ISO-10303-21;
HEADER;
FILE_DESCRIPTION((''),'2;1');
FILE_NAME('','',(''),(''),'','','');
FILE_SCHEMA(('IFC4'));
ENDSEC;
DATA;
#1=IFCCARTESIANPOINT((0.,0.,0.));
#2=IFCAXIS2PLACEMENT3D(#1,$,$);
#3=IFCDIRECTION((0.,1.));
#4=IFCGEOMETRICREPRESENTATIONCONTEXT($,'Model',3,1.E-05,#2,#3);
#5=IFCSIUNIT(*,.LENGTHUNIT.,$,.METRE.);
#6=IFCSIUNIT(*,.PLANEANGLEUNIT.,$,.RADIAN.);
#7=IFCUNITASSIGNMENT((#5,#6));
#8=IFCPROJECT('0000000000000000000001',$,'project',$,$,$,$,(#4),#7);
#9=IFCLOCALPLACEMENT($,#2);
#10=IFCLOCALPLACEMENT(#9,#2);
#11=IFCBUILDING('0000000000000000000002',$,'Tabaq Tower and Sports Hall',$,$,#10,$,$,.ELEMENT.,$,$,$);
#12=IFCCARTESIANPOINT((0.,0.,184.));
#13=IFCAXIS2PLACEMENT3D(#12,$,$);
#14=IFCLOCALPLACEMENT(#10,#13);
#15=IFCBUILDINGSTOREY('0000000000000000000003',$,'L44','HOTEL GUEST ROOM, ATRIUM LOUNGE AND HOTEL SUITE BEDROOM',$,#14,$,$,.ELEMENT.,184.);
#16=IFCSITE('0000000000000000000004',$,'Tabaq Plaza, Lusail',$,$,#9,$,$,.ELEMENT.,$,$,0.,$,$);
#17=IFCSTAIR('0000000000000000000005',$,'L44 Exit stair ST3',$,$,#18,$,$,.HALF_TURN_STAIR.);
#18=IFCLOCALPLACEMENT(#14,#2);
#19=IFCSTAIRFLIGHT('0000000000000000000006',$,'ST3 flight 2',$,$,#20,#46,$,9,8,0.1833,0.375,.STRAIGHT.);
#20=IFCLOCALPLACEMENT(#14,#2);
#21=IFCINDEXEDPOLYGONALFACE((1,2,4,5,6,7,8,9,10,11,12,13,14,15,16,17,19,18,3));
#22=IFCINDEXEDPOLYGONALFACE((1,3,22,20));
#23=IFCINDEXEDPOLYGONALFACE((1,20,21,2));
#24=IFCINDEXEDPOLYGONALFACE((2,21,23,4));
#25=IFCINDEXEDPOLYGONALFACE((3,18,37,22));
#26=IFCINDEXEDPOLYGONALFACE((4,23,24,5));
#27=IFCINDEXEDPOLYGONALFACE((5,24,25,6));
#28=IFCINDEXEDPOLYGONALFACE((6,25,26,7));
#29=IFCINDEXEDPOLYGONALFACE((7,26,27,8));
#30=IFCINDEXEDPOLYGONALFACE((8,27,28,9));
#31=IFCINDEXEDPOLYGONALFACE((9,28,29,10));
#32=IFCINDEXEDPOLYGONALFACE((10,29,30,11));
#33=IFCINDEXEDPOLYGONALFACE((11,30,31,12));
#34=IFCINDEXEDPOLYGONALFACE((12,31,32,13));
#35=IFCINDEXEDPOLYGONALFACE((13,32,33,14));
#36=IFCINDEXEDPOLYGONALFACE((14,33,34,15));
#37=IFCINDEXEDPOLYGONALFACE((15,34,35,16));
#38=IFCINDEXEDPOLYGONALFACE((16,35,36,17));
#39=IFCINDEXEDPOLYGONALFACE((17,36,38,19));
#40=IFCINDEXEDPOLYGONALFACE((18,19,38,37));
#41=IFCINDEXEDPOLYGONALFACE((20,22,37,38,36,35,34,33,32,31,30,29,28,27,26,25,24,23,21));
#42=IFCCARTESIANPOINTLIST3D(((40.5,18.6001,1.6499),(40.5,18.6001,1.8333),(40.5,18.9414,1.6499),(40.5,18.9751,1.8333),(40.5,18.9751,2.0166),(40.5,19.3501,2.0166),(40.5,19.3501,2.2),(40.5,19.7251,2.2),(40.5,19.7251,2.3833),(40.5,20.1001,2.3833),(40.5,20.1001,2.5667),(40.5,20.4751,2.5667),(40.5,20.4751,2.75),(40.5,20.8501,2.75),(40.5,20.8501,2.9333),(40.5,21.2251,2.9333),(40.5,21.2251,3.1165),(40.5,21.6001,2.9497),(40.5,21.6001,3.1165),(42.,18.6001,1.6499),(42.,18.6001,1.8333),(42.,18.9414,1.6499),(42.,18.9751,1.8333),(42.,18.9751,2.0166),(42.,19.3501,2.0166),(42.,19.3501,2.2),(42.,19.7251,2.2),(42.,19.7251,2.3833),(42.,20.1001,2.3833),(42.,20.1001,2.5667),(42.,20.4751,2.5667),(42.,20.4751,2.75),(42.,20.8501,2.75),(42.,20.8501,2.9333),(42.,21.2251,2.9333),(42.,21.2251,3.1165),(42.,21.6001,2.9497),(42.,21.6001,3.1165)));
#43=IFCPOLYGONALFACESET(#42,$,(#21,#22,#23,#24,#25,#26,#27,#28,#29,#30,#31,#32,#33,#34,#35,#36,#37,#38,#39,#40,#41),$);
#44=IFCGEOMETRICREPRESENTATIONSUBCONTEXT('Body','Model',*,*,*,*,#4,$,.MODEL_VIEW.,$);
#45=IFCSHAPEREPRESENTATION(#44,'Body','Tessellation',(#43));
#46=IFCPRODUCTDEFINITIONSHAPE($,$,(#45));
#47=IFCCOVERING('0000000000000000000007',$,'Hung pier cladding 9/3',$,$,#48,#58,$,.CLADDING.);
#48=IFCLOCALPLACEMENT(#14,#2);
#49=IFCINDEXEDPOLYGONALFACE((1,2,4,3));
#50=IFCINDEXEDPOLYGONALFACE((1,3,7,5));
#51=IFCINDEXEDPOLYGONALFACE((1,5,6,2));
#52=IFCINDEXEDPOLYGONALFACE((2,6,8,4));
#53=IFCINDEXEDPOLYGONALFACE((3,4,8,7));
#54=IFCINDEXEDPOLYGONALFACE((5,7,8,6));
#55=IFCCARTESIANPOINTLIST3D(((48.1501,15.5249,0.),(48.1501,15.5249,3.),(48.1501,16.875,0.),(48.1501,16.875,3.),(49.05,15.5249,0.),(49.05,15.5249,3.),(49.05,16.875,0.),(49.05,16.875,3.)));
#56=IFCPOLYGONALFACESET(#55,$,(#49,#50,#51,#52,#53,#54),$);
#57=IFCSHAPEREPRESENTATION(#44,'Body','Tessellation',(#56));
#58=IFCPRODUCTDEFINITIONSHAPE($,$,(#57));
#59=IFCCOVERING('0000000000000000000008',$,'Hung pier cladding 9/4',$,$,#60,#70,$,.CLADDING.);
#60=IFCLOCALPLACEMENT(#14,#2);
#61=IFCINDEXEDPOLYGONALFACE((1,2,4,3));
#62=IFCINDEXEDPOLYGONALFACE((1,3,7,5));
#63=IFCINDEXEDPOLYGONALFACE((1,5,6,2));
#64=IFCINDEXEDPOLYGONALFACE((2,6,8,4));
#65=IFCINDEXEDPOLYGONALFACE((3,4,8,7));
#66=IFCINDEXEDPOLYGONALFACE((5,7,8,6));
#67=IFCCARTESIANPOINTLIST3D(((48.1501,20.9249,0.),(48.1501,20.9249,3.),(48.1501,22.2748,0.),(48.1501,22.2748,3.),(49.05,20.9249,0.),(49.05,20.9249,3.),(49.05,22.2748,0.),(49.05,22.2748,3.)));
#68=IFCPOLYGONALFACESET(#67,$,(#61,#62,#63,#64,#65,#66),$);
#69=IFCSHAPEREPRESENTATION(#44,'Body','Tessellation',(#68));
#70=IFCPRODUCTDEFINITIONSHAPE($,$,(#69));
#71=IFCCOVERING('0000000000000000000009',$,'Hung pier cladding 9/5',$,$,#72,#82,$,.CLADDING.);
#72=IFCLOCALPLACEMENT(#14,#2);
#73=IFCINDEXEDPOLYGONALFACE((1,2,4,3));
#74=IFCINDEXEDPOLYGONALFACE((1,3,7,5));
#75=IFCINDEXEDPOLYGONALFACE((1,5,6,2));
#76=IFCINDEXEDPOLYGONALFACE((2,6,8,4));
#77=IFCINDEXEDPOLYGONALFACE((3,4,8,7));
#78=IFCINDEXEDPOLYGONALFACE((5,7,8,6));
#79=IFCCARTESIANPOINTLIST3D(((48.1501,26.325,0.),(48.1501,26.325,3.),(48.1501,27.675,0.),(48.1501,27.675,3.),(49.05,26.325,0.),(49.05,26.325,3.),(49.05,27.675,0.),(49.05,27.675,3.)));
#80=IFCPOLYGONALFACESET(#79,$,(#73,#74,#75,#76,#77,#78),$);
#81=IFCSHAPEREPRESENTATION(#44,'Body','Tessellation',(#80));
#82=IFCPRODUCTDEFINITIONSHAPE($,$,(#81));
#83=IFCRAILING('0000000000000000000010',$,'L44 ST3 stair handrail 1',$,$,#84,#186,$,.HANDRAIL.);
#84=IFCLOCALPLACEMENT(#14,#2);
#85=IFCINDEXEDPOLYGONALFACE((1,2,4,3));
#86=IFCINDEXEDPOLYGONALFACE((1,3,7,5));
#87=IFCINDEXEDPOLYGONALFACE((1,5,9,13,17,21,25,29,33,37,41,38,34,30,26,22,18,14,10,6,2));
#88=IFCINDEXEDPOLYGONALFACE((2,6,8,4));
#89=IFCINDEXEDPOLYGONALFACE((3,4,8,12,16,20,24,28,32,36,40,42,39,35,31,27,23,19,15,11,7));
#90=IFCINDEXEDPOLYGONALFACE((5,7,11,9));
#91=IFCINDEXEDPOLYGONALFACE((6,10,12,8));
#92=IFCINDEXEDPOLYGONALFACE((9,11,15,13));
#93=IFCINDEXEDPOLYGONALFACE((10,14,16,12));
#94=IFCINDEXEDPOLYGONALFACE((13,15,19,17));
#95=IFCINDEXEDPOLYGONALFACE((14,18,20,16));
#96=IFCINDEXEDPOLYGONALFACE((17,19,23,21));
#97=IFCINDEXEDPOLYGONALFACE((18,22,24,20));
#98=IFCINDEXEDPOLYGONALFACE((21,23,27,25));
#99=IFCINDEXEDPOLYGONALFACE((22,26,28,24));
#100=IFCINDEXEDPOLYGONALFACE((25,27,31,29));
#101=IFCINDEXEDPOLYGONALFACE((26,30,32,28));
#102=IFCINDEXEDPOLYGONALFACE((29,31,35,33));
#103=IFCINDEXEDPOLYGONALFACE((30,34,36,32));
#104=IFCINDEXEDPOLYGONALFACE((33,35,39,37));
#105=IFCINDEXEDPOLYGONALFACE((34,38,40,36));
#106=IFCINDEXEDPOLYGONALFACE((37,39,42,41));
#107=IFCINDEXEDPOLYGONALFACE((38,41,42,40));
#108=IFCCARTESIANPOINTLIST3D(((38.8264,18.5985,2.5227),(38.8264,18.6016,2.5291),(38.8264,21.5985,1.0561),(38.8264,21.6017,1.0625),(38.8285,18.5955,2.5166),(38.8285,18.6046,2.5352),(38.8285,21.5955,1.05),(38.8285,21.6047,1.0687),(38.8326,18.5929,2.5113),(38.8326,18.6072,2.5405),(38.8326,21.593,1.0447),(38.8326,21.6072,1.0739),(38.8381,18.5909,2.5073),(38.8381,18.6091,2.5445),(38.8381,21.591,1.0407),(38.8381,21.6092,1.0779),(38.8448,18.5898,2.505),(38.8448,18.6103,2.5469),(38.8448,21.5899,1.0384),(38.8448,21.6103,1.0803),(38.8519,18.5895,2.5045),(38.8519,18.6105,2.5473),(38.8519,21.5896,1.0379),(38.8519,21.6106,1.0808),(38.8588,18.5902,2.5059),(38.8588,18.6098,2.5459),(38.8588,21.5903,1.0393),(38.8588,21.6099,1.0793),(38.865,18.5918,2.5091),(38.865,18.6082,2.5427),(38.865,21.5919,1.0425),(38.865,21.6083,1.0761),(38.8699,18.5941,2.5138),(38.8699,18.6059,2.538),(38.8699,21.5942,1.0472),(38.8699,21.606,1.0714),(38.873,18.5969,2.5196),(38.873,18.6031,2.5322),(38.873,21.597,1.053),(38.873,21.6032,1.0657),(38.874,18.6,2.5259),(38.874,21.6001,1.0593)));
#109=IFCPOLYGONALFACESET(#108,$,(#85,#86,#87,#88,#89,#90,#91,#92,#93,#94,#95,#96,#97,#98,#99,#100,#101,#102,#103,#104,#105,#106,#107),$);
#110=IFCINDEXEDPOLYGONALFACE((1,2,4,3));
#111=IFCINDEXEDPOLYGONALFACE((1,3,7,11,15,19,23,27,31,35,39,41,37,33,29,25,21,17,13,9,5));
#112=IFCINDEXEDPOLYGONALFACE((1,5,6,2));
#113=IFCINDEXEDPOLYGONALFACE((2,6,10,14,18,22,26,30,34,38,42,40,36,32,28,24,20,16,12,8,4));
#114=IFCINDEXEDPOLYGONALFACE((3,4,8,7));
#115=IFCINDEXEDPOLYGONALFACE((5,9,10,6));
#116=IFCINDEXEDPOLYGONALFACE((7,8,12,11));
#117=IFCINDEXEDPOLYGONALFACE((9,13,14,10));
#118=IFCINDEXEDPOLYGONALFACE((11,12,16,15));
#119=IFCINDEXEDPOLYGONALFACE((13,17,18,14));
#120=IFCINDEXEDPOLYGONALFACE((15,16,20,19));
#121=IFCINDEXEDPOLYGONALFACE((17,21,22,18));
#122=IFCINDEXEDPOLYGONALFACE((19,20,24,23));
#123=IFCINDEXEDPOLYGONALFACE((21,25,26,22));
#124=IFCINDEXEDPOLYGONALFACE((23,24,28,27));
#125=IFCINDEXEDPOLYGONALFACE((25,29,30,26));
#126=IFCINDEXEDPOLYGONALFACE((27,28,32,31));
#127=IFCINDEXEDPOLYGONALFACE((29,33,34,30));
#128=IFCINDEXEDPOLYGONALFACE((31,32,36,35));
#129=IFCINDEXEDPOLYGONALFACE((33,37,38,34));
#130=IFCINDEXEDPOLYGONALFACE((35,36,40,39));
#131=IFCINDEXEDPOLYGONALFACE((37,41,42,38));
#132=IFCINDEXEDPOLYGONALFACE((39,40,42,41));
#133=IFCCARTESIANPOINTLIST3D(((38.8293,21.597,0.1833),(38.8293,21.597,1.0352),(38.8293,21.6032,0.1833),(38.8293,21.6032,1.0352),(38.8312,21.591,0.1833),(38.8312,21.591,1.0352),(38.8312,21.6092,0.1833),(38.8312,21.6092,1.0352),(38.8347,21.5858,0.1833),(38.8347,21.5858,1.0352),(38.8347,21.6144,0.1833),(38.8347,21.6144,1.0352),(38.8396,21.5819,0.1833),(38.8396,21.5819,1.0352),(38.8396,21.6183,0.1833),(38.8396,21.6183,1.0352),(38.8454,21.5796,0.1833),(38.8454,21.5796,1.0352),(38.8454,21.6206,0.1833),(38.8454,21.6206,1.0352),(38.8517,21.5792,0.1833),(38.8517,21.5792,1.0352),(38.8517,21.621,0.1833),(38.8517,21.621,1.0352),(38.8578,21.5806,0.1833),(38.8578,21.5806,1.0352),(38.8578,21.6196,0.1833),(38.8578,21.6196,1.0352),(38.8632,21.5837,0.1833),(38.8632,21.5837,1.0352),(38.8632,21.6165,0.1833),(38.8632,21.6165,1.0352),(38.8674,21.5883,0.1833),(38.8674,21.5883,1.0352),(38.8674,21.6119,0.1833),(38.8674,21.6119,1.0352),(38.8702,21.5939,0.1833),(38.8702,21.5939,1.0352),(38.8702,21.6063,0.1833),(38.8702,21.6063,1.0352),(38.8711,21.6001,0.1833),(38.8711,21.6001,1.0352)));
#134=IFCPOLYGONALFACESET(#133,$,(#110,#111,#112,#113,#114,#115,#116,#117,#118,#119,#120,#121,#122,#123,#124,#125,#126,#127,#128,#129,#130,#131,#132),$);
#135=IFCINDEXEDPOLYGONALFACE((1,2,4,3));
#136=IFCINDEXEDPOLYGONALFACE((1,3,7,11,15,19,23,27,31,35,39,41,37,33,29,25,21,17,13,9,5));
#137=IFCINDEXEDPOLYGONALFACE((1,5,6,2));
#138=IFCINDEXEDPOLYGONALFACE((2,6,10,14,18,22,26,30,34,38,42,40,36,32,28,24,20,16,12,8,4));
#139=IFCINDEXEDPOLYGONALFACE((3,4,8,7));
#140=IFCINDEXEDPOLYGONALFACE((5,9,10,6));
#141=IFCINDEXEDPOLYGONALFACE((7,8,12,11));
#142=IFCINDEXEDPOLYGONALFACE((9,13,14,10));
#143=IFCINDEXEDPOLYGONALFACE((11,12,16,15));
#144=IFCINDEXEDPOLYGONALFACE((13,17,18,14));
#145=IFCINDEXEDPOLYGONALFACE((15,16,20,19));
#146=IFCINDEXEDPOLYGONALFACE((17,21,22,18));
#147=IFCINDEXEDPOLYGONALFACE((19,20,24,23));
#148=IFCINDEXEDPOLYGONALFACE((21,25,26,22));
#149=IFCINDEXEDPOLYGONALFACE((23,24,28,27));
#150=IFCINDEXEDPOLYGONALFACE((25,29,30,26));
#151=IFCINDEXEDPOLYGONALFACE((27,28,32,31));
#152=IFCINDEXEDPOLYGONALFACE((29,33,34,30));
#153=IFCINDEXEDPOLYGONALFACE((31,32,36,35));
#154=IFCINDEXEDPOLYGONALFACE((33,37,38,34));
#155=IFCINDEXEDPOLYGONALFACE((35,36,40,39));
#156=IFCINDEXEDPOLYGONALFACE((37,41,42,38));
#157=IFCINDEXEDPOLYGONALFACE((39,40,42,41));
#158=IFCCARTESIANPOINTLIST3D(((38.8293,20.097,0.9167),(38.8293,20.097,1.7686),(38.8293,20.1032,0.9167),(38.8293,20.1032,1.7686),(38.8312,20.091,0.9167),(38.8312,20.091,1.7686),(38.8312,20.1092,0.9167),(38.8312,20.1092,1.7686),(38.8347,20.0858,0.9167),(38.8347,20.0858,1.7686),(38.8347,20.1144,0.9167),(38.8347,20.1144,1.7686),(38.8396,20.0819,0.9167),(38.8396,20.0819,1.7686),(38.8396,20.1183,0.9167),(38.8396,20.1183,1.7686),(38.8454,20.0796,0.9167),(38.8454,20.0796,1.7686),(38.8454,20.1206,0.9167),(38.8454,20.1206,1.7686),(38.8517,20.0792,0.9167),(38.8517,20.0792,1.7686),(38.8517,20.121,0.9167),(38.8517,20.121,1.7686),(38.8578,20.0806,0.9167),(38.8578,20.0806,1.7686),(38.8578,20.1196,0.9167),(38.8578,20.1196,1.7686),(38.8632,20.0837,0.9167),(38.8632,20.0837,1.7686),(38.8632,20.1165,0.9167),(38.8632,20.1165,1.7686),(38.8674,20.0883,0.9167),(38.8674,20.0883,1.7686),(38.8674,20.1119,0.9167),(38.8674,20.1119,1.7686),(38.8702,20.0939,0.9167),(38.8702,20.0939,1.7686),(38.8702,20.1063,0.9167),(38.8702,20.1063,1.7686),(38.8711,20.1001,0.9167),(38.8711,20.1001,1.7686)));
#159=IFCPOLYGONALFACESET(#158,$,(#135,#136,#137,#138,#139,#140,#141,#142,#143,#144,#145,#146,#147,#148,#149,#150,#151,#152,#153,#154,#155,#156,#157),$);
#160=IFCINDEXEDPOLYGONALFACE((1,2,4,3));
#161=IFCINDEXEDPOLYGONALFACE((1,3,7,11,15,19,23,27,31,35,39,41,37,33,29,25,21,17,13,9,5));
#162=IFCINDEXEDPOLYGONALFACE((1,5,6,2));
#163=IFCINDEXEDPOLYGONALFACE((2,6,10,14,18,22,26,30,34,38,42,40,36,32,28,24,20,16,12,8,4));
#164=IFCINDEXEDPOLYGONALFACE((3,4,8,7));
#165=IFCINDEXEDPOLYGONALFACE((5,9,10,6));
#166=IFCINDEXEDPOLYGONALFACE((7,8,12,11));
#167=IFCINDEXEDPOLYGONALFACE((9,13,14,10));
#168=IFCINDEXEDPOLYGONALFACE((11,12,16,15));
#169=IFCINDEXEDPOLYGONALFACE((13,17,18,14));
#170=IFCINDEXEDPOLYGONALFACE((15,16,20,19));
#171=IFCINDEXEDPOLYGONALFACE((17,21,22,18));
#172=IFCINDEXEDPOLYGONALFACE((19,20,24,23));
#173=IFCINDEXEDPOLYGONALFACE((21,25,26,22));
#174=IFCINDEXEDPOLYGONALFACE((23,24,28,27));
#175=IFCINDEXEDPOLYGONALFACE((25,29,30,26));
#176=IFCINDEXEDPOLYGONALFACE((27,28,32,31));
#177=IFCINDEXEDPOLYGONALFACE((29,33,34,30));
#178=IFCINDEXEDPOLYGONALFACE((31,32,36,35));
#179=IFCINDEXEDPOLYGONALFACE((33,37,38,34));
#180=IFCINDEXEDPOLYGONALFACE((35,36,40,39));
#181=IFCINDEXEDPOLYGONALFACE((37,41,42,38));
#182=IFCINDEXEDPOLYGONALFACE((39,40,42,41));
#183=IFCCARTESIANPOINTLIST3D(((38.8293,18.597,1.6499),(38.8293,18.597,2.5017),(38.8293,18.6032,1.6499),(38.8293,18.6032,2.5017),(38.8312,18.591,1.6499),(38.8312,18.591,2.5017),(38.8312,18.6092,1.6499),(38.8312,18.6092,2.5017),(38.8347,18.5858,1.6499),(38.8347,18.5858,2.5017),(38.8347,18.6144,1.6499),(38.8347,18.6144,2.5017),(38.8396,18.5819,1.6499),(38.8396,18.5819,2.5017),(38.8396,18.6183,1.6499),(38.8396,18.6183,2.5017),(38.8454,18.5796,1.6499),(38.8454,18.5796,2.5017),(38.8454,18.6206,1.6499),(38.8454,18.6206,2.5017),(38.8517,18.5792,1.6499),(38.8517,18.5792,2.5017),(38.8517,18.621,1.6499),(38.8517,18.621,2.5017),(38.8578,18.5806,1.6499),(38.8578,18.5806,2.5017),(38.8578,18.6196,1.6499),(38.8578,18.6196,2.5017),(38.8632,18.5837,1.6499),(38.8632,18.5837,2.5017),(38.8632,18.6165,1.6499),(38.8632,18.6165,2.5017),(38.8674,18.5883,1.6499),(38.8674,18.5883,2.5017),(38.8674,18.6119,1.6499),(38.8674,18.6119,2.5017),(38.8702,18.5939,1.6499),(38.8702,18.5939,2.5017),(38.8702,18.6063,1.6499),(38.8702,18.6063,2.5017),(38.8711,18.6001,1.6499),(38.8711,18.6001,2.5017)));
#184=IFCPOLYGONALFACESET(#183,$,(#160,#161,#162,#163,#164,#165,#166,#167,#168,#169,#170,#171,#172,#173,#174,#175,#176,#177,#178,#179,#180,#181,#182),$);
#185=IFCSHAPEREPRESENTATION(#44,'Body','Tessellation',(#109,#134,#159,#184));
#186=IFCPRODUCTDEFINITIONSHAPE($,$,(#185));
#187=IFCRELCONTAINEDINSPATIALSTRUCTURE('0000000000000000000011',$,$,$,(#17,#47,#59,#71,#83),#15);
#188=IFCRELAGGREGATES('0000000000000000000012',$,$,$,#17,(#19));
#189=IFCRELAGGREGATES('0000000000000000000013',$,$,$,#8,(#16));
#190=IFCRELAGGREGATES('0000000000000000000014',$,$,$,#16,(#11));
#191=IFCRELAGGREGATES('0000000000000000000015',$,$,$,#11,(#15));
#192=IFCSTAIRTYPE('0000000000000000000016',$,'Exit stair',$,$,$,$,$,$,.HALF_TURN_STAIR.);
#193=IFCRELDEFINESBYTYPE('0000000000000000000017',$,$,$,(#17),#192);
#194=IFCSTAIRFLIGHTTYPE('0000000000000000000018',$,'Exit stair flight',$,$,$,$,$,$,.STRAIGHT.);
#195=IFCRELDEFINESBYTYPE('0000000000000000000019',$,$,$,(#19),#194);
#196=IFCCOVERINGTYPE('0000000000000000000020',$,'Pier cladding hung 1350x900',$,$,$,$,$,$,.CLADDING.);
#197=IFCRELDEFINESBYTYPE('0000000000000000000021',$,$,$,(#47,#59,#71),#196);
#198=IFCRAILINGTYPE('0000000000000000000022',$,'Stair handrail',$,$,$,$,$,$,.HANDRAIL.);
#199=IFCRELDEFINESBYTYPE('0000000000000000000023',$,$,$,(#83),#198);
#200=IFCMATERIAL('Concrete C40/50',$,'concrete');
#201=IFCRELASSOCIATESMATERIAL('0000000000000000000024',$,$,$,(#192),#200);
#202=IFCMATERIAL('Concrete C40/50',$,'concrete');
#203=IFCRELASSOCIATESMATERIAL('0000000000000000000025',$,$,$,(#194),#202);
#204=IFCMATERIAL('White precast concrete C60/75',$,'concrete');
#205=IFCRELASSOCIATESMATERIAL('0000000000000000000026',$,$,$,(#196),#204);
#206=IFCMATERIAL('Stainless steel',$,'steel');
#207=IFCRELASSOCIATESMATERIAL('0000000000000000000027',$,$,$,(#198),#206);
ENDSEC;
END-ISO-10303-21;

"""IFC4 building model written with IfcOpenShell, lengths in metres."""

from ifc_helpers import new_model, si_unit, direction, frame, frame_2d, origin, origin_2d, place, context, subcontext, project, spatial, polyline, rectangle, circle, outline, extrude, material, type_object, element, aggregate, save


model = new_model("IFC4")

# Units and contexts
model_context = context("Model", 3, precision=1e-05, world=origin(), true_north=direction((0.0, 1.0)))
body_context = subcontext(model_context, "Body", "Model", "MODEL_VIEW")
ifc_project = project(units=[si_unit("LENGTHUNIT", "METRE"), si_unit("PLANEANGLEUNIT", "RADIAN")], contexts=[model_context])

# Site, building, storey
site_placement = place(None, origin())
site = spatial("IfcSite", under=ifc_project, at=site_placement, Name="Tabaq Plaza, Lusail", CompositionType="ELEMENT", RefElevation=0.0)
building_placement = place(site_placement, origin())
building = spatial("IfcBuilding", under=site, at=building_placement, Name="Tabaq Tower and Sports Hall", CompositionType="ELEMENT")
storey_placement = place(building_placement, frame((0.0, 0.0, 184.0)))
storey = spatial("IfcBuildingStorey", under=building, at=storey_placement, Name="L44", Description="HOTEL GUEST ROOM, ATRIUM LOUNGE AND HOTEL SUITE BEDROOM", CompositionType="ELEMENT", Elevation=184.0)

# Stair, stair flight
ifc_material_1 = material(Name="Concrete C40/50", Category="concrete")
stair_type = type_object("IfcStairType", Name="Exit stair", PredefinedType="HALF_TURN_STAIR", material=ifc_material_1)
stair_placement = place(storey_placement, origin())
stair = element("IfcStair", 1, at=stair_placement, inside=storey, type_object=stair_type, Name="L44 Exit stair ST3", PredefinedType="HALF_TURN_STAIR")
ifc_material_2 = material(Name="Concrete C40/50", Category="concrete")
stair_flight_type = type_object("IfcStairFlightType", Name="Exit stair flight", PredefinedType="STRAIGHT", material=ifc_material_2)
stair_flight_1_placement = place(storey_placement, frame((41.25, 18.6001, 1.6499), z_axis=(0.0, 0.0, 1.0), x_axis=(0.0, 1.0, 0.0)))
stair_flight_1 = element("IfcStairFlight", 2, at=stair_flight_1_placement, type_object=stair_flight_type, Name="ST3 flight 2", NumberOfRisers=9, NumberOfTreads=8, PredefinedType="STRAIGHT", RiserHeight=0.1833, TreadLength=0.375, context=body_context, shape_type="SweptSolid", body=[
    extrude(outline(polyline([(0.0, 0.0), (0.0, 0.1833), (0.375, 0.1833), (0.375, 0.3667), (0.75, 0.3667), (0.75, 0.55), (1.125, 0.55), (1.125, 0.7334), (1.5, 0.7334), (1.5, 0.9167), (1.875, 0.9167), (1.875, 1.1001), (2.25, 1.1001), (2.25, 1.2834), (2.625, 1.2834), (2.625, 1.4666), (3.0, 1.4666), (3.0, 1.6499), (3.0, 1.2998), (0.3413, 0.0), (0.0, 0.0)])), frame((0.0, 0.75, 0.0), z_axis=(0.0, -1.0, 0.0), x_axis=(1.0, 0.0, 0.0)), (0.0, 0.0, 1.0), 1.5),
])
aggregate(stair, [stair_flight_1])

# Coverings
ifc_material_3 = material(Name="White precast concrete C60/75", Category="concrete")
covering_type_1 = type_object("IfcCoveringType", Name="Pier cladding hung 1350x900", PredefinedType="CLADDING", material=ifc_material_3)
covering_1_placement = place(storey_placement, frame((48.6001, 15.5249, 0.0), z_axis=(0.0, 0.0, 1.0), x_axis=(0.0, 1.0, 0.0)))
element("IfcCovering", 3, at=covering_1_placement, inside=storey, type_object=covering_type_1, Name="Hung pier cladding 9/3", PredefinedType="CLADDING", context=body_context, shape_type="SweptSolid", body=[
    extrude(rectangle(XDim=1.3501, YDim=0.8999, at=frame_2d((0.675, 0.0))), origin(), (0.0, 0.0, 1.0), 3.0),
])
covering_2_placement = place(storey_placement, frame((48.6001, 20.925, 0.0), z_axis=(0.0, 0.0, 1.0), x_axis=(0.0, 1.0, 0.0)))
element("IfcCovering", 4, at=covering_2_placement, inside=storey, type_object=covering_type_1, Name="Hung pier cladding 9/4", PredefinedType="CLADDING", context=body_context, shape_type="SweptSolid", body=[
    extrude(rectangle(XDim=1.3499, YDim=0.8999, at=frame_2d((0.6748, 0.0))), origin(), (0.0, 0.0, 1.0), 3.0),
])
covering_3_placement = place(storey_placement, frame((48.6001, 26.325, 0.0), z_axis=(0.0, 0.0, 1.0), x_axis=(0.0, 1.0, 0.0)))
element("IfcCovering", 5, at=covering_3_placement, inside=storey, type_object=covering_type_1, Name="Hung pier cladding 9/5", PredefinedType="CLADDING", context=body_context, shape_type="SweptSolid", body=[
    extrude(rectangle(XDim=1.3501, YDim=0.8999, at=frame_2d((0.675, 0.0))), origin(), (0.0, 0.0, 1.0), 3.0),
])

# Railing
ifc_material_4 = material(Name="Stainless steel", Category="steel")
railing_type_1 = type_object("IfcRailingType", Name="Stair handrail", PredefinedType="HANDRAIL", material=ifc_material_4)
railing_1_placement = place(storey_placement, frame((38.8501, 21.6001, 0.1833)))
element("IfcRailing", 6, at=railing_1_placement, inside=storey, type_object=railing_type_1, Name="L44 ST3 stair handrail 1", PredefinedType="HANDRAIL", context=body_context, shape_type="SweptSolid", body=[
    extrude(circle(Radius=0.0239, at=origin_2d()), frame((0.0, 0.0, 0.876), z_axis=(0.0, -0.898398, 0.439183), x_axis=(1.0, 0.0, 0.0)), (0.0, 0.0, 1.0), 3.3394),
    extrude(circle(Radius=0.021, at=origin_2d()), origin(), (0.0, 0.0, 1.0), 0.8518),
    extrude(circle(Radius=0.021, at=origin_2d()), frame((0.0, -1.5, 0.7334)), (0.0, 0.0, 1.0), 0.8518),
    extrude(circle(Radius=0.021, at=origin_2d()), frame((0.0, -3.0, 1.4666)), (0.0, 0.0, 1.0), 0.8518),
])

save(model, "model.ifc")
